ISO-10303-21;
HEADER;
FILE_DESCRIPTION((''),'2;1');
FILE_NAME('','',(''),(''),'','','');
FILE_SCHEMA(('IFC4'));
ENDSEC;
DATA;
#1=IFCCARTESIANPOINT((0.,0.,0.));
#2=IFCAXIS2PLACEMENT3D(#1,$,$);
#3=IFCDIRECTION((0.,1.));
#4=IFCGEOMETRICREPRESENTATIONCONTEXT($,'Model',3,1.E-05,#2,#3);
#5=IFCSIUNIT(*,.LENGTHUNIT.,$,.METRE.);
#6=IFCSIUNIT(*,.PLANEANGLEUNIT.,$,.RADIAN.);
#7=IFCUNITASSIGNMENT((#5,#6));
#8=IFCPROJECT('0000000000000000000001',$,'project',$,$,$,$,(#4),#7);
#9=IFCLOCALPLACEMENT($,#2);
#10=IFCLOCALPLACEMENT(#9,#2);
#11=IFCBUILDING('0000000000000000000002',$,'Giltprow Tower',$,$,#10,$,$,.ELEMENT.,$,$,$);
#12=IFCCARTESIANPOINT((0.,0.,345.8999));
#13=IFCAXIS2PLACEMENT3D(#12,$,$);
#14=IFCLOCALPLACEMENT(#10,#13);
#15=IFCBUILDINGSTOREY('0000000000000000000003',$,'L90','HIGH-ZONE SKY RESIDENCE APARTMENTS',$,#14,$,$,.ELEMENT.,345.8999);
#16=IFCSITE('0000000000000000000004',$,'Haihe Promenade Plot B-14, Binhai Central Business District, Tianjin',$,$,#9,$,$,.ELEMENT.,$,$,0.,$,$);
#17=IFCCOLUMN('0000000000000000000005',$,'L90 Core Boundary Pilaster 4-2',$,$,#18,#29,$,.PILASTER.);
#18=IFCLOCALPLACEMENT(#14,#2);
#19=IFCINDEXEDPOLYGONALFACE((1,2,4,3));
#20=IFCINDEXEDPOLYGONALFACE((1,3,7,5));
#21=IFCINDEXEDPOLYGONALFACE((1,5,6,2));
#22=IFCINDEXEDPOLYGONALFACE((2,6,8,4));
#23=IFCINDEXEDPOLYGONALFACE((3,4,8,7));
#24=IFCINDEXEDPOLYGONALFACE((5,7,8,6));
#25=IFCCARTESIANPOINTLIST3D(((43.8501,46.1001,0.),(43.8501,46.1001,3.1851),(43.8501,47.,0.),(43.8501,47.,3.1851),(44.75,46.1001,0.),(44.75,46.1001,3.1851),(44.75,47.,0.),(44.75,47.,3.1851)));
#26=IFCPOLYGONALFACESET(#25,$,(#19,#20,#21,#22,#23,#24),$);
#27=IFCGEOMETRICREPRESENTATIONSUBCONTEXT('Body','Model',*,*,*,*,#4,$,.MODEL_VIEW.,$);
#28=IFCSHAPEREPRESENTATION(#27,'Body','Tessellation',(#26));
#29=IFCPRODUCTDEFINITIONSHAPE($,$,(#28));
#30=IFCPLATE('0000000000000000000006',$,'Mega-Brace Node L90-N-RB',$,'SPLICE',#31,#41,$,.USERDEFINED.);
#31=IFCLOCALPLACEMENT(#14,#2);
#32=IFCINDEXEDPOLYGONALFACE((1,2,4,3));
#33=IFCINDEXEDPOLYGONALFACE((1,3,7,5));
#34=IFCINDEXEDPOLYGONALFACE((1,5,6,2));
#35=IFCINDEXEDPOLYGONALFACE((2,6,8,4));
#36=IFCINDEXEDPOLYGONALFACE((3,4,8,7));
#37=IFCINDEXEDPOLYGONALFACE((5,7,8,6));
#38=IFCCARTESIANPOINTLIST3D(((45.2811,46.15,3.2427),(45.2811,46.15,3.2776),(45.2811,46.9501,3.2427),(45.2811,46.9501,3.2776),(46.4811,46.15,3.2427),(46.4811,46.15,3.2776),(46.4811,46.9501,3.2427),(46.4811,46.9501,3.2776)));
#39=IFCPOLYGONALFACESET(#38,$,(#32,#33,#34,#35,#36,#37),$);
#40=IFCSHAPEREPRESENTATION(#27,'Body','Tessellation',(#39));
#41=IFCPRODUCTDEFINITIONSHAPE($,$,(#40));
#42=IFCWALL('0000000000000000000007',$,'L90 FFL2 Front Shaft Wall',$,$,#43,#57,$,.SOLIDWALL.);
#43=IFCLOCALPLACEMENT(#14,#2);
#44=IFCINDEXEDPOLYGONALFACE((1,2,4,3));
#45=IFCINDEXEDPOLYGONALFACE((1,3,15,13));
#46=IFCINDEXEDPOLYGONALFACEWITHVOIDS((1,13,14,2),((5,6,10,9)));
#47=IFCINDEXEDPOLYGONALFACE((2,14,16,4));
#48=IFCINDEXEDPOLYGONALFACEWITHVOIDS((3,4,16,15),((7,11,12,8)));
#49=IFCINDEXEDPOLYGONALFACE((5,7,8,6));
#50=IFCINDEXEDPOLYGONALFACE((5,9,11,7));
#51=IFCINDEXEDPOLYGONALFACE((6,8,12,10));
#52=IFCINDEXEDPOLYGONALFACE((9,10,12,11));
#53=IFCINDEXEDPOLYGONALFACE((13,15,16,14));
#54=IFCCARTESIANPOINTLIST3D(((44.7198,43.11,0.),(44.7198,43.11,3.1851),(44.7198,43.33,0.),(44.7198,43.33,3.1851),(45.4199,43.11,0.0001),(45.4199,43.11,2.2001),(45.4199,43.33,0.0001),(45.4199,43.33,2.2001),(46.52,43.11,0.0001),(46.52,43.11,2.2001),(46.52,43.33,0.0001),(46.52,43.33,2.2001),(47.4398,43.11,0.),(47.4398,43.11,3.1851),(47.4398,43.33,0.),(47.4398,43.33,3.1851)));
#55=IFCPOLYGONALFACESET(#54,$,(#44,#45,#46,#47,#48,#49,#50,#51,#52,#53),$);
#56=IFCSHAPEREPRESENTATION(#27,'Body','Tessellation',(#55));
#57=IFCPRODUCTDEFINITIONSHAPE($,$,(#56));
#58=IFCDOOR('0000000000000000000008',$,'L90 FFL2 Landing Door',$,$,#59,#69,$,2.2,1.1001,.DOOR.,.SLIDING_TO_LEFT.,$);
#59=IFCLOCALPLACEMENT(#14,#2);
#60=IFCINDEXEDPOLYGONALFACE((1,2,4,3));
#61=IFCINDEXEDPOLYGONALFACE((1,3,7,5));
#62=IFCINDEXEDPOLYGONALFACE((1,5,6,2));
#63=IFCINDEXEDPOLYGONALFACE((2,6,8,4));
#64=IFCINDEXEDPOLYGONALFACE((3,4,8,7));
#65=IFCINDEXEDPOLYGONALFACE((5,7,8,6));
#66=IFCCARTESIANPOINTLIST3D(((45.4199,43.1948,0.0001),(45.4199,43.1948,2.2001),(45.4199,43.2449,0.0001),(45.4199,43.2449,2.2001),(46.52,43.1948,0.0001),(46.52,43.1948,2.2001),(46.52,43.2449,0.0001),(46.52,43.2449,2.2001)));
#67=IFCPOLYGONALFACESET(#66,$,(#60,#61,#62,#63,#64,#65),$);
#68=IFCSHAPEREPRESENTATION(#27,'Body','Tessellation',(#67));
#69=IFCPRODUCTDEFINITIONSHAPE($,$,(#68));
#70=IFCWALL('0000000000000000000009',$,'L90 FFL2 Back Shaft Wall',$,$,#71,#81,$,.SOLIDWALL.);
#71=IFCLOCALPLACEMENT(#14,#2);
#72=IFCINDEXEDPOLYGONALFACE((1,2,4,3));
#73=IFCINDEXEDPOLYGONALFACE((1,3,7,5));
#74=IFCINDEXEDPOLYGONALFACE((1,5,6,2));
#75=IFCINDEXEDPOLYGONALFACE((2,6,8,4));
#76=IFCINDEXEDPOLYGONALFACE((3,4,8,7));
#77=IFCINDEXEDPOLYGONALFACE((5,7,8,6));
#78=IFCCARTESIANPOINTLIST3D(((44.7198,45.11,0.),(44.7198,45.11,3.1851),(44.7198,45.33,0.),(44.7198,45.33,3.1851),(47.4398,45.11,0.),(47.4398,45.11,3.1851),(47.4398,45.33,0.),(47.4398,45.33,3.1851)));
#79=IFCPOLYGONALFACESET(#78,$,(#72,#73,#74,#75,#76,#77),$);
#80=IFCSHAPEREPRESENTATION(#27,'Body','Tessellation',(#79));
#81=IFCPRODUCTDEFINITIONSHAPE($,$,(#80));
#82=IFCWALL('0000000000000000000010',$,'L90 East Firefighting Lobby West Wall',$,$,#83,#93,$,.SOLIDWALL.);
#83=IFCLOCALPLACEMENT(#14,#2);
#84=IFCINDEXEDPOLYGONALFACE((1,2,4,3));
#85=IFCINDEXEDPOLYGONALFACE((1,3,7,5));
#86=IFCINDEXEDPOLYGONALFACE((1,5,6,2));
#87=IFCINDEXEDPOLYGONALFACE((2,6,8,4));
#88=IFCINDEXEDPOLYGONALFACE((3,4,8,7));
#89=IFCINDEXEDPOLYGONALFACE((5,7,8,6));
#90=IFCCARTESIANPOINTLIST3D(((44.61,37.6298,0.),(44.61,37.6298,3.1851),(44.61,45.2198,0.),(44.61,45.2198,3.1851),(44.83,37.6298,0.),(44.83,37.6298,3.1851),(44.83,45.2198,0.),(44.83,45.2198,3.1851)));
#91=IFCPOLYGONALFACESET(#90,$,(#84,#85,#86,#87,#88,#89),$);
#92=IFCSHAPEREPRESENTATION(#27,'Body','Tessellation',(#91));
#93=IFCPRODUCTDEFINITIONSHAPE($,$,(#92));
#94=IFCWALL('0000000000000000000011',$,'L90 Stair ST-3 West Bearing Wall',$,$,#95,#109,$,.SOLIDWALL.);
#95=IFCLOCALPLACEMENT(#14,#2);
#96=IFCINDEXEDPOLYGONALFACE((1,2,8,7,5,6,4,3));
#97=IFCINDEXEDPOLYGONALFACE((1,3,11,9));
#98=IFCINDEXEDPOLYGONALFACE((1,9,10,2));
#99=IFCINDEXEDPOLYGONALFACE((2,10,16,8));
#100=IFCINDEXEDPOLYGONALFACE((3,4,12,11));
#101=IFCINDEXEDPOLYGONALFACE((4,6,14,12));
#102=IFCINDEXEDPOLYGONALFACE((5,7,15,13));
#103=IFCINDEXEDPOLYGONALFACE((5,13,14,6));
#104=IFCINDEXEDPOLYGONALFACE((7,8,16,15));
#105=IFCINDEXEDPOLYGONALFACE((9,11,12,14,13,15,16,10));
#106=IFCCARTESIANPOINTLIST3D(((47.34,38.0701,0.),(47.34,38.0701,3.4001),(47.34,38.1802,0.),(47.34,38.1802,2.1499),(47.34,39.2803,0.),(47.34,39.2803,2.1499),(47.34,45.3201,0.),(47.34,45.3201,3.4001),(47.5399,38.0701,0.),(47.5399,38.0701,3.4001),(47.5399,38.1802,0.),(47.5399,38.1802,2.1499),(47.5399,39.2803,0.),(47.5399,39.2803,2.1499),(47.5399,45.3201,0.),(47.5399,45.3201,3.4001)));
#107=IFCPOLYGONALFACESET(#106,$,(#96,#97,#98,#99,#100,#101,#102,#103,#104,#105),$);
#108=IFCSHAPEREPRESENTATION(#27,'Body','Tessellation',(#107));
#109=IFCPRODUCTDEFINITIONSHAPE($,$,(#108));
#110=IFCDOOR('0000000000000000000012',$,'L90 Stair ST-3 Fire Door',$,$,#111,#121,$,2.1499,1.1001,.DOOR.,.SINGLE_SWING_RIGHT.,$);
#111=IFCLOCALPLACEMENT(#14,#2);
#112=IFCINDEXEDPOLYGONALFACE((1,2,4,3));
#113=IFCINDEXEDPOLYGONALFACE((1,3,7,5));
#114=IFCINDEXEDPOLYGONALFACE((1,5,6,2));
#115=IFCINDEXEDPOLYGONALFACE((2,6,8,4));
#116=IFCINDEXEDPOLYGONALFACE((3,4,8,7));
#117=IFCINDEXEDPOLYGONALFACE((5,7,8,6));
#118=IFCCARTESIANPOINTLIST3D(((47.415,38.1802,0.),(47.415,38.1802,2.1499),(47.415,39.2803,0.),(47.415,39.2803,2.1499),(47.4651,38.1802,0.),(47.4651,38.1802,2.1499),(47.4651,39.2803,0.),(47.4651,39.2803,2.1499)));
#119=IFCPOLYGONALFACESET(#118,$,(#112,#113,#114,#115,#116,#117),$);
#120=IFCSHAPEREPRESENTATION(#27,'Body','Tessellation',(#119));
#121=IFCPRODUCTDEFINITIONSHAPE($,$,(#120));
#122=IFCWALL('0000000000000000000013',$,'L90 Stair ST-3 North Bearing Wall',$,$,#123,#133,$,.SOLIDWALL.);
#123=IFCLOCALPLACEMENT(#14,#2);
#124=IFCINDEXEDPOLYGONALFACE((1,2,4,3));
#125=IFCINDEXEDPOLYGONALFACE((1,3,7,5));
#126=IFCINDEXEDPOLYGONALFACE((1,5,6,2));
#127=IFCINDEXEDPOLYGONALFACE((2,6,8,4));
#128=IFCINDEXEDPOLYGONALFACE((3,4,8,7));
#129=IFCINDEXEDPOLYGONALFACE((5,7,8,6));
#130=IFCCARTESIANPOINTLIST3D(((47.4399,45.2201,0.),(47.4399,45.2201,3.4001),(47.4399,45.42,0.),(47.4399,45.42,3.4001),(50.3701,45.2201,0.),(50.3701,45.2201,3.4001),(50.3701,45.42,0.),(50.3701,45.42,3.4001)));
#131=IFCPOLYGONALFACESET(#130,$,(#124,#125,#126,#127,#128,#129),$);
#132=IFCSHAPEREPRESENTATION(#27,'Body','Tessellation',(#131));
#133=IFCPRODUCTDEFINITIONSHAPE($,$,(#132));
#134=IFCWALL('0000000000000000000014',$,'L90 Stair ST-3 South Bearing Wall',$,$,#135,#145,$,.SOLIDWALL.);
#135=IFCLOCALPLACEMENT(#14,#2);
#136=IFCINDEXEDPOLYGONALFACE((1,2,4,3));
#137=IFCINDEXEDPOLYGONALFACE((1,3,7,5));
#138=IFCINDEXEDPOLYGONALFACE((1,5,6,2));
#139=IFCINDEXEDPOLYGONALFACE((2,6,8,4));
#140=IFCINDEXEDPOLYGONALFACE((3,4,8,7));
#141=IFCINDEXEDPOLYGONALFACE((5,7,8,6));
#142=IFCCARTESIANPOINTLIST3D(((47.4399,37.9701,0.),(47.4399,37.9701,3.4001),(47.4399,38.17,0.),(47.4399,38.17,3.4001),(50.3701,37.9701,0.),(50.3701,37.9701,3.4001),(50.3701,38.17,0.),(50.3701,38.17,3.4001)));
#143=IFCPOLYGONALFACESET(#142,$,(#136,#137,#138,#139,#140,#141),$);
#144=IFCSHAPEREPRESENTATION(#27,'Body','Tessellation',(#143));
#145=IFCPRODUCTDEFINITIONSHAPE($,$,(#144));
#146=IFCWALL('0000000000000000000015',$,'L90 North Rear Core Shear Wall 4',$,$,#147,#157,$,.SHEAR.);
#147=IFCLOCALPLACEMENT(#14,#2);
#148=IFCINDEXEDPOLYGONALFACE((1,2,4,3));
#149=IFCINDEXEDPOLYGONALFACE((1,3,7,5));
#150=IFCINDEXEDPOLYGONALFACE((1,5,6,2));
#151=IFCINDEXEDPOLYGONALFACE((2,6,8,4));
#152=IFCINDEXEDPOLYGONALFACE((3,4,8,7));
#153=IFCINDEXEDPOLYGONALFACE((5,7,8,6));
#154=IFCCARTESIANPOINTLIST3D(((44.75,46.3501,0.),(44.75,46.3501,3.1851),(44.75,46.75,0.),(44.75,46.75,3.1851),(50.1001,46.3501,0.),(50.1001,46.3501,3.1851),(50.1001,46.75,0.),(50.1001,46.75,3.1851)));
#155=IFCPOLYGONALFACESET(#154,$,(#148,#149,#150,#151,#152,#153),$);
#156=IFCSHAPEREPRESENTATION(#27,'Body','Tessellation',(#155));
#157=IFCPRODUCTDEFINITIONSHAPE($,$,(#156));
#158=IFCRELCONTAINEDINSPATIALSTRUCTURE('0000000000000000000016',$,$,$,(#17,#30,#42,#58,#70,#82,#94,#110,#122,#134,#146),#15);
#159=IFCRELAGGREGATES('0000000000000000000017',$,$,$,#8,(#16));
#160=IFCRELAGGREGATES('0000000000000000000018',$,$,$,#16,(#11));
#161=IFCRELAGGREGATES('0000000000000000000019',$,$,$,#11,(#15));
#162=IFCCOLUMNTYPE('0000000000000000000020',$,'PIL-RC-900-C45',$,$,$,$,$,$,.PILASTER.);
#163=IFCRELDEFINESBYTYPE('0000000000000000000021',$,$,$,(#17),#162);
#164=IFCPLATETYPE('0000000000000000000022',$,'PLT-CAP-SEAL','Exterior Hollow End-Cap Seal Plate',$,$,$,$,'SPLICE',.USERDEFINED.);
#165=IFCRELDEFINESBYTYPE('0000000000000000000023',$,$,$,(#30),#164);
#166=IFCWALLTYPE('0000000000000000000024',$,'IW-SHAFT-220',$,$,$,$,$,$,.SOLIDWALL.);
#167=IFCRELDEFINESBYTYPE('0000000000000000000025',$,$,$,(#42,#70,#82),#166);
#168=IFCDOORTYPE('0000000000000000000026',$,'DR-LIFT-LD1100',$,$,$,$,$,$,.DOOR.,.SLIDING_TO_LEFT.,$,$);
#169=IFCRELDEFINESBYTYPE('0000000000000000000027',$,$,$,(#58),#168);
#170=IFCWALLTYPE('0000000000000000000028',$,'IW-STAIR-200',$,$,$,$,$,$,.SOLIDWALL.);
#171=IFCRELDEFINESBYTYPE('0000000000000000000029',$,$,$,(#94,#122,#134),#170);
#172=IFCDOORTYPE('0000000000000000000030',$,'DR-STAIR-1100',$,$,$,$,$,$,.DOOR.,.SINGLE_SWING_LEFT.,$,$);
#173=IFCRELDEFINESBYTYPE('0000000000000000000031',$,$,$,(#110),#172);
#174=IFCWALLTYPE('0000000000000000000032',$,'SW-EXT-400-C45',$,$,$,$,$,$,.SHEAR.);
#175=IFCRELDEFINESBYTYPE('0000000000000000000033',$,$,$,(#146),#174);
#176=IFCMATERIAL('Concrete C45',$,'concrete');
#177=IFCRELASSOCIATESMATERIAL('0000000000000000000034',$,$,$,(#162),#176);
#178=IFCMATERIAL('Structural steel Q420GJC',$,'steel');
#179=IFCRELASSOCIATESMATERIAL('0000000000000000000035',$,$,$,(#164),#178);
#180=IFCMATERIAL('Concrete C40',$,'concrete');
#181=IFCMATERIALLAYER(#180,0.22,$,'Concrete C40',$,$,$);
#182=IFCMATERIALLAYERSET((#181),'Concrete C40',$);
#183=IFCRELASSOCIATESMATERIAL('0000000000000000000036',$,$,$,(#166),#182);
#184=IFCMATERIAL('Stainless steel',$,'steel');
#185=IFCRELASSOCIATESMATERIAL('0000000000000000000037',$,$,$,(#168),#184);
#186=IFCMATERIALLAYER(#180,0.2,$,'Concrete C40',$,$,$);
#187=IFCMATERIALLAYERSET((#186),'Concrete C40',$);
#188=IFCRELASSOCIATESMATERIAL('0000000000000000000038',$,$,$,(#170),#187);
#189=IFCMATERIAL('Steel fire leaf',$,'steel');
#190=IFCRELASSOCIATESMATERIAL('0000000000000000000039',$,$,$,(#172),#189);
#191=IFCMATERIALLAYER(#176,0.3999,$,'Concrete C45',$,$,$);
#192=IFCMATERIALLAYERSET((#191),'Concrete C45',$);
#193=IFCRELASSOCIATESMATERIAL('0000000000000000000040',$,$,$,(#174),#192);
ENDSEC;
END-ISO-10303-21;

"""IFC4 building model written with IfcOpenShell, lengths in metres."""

from ifc_helpers import new_model, si_unit, direction, frame, frame_2d, origin, origin_2d, place, context, subcontext, project, spatial, rectangle, extrude, source, transform, mapped, material, layer, layer_set, material_profile, profile_set, type_object, element, fill, save


model = new_model("IFC4")

# Units and contexts
model_context = context("Model", 3, precision=1e-05, world=origin(), true_north=direction((0.0, 1.0)))
body_context = subcontext(model_context, "Body", "Model", "MODEL_VIEW")
ifc_project = project(units=[si_unit("LENGTHUNIT", "METRE"), si_unit("PLANEANGLEUNIT", "RADIAN")], contexts=[model_context])

# Site, building, storey
site_placement = place(None, origin())
site = spatial("IfcSite", under=ifc_project, at=site_placement, Name="Haihe Promenade Plot B-14, Binhai Central Business District, Tianjin", CompositionType="ELEMENT", RefElevation=0.0)
building_placement = place(site_placement, origin())
building = spatial("IfcBuilding", under=site, at=building_placement, Name="Giltprow Tower", CompositionType="ELEMENT")
storey_placement = place(building_placement, frame((0.0, 0.0, 345.8999)))
storey = spatial("IfcBuildingStorey", under=building, at=storey_placement, Name="L90", Description="HIGH-ZONE SKY RESIDENCE APARTMENTS", CompositionType="ELEMENT", Elevation=345.8999)

# Column
ifc_material_1 = material(Name="Concrete C45", Category="concrete")
ifc_material_profile = material_profile(ifc_material_1, rectangle(XDim=0.8999, YDim=0.8999, at=origin_2d()), Name="RC 900x900")
ifc_profile_set = profile_set([ifc_material_profile], Name="Concrete C45")
column_type = type_object("IfcColumnType", Name="PIL-RC-900-C45", PredefinedType="PILASTER", material=ifc_profile_set)
shared_shape_1 = source(origin(), body_context, "Body", "SweptSolid", [
    extrude(rectangle(XDim=0.8999, YDim=0.8999, at=origin_2d()), origin(), (0.0, 0.0, 1.0), 3.1851),
])
column_placement = place(storey_placement, frame((44.3, 46.55, 0.0), z_axis=(0.0, 0.0, 1.0), x_axis=(1.0, 0.0, 0.0)))
element("IfcColumn", 1, at=column_placement, inside=storey, type_object=column_type, Name="L90 Core Boundary Pilaster 4-2", PredefinedType="PILASTER", context=body_context, shape_type="MappedRepresentation", body=[
    mapped(shared_shape_1, transform((0.0, 0.0, 0.0), x_axis=(1.0, 0.0, 0.0), y_axis=(0.0, 1.0, 0.0), z_axis=(0.0, 0.0, 1.0), scale=1.0)),
])

# Plate
ifc_material_2 = material(Name="Structural steel Q420GJC", Category="steel")
plate_type = type_object("IfcPlateType", Name="PLT-CAP-SEAL", Description="Exterior Hollow End-Cap Seal Plate", ElementType="SPLICE", PredefinedType="USERDEFINED", material=ifc_material_2)
shared_shape_2 = source(origin(), body_context, "Body", "SweptSolid", [
    extrude(rectangle(XDim=1.2, YDim=0.8, at=origin_2d()), origin(), (0.0, 0.0, 1.0), 0.0349),
])
plate_placement = place(storey_placement, frame((45.8811, 46.55, 3.2427), z_axis=(0.0, 0.0, 1.0), x_axis=(1.0, 0.0, 0.0)))
element("IfcPlate", 2, at=plate_placement, inside=storey, type_object=plate_type, Name="Mega-Brace Node L90-N-RB", ObjectType="SPLICE", PredefinedType="USERDEFINED", context=body_context, shape_type="MappedRepresentation", body=[
    mapped(shared_shape_2, transform((0.0, 0.0, 0.0), x_axis=(1.0, 0.0, 0.0), y_axis=(0.0, 1.0, 0.0), z_axis=(0.0, 0.0, 1.0), scale=1.0)),
])

# Wall, opening, door
ifc_material_3 = material(Name="Concrete C40", Category="concrete")
ifc_layer_1 = layer(ifc_material_3, 0.22, Name="Concrete C40")
ifc_layer_set_1 = layer_set([ifc_layer_1], Name="Concrete C40")
wall_type_1 = type_object("IfcWallType", Name="IW-SHAFT-220", PredefinedType="SOLIDWALL", material=ifc_layer_set_1)
wall_1_placement = place(storey_placement, frame((44.72, 43.22, 0.0), z_axis=(0.0, 0.0, 1.0), x_axis=(1.0, 0.0, 0.0)))
wall_1 = element("IfcWall", 3, at=wall_1_placement, inside=storey, type_object=wall_type_1, Name="L90 FFL2 Front Shaft Wall", PredefinedType="SOLIDWALL", context=body_context, shape_type="SweptSolid", body=[
    extrude(rectangle(XDim=2.72, YDim=0.22, at=frame_2d((1.3599, 0.0))), origin(), (0.0, 0.0, 1.0), 3.1851),
])
opening_1_placement = place(wall_1_placement, frame((0.7, 0.0, 0.0)))
opening_1 = element("IfcOpeningElement", 4, at=opening_1_placement, cuts=wall_1, PredefinedType="OPENING", context=body_context, shape_type="SweptSolid", body=[
    extrude(rectangle(XDim=1.1001, YDim=2.2, at=frame_2d((0.55, 1.1001))), frame((0.0, 0.1199, 0.0), z_axis=(0.0, -1.0, 0.0), x_axis=(1.0, 0.0, 0.0)), (0.0, 0.0, 1.0), 0.24),
])
ifc_material_4 = material(Name="Stainless steel", Category="steel")
door_type_1 = type_object("IfcDoorType", Name="DR-LIFT-LD1100", OperationType="SLIDING_TO_LEFT", PredefinedType="DOOR", material=ifc_material_4)
shared_shape_3 = source(origin(), body_context, "Body", "SweptSolid", [
    extrude(rectangle(XDim=1.1001, YDim=2.2, at=frame_2d((0.55, 1.1001))), frame((0.0, 0.0249, 0.0), z_axis=(0.0, -1.0, 0.0), x_axis=(1.0, 0.0, 0.0)), (0.0, 0.0, 1.0), 0.05),
])
door_1_placement = place(opening_1_placement, origin())
door_1 = element("IfcDoor", 5, at=door_1_placement, inside=storey, type_object=door_type_1, Name="L90 FFL2 Landing Door", OperationType="SLIDING_TO_LEFT", OverallHeight=2.2, OverallWidth=1.1001, PredefinedType="DOOR", context=body_context, shape_type="MappedRepresentation", body=[
    mapped(shared_shape_3, transform((0.0, 0.0, 0.0), x_axis=(1.0, 0.0, 0.0), y_axis=(0.0, 1.0, 0.0), z_axis=(0.0, 0.0, 1.0), scale=1.0)),
])
fill(opening_1, door_1)

# Walls
wall_2_placement = place(storey_placement, frame((44.72, 45.22, 0.0), z_axis=(0.0, 0.0, 1.0), x_axis=(1.0, 0.0, 0.0)))
element("IfcWall", 6, at=wall_2_placement, inside=storey, type_object=wall_type_1, Name="L90 FFL2 Back Shaft Wall", PredefinedType="SOLIDWALL", context=body_context, shape_type="SweptSolid", body=[
    extrude(rectangle(XDim=2.72, YDim=0.22, at=frame_2d((1.3599, 0.0))), origin(), (0.0, 0.0, 1.0), 3.1851),
])
wall_3_placement = place(storey_placement, frame((44.72, 37.6299, 0.0), z_axis=(0.0, 0.0, 1.0), x_axis=(0.0, 1.0, 0.0)))
element("IfcWall", 7, at=wall_3_placement, inside=storey, type_object=wall_type_1, Name="L90 East Firefighting Lobby West Wall", PredefinedType="SOLIDWALL", context=body_context, shape_type="SweptSolid", body=[
    extrude(rectangle(XDim=7.5901, YDim=0.22, at=frame_2d((3.7949, 0.0))), origin(), (0.0, 0.0, 1.0), 3.1851),
])

# Wall, opening, door
ifc_layer_2 = layer(ifc_material_3, 0.2, Name="Concrete C40")
ifc_layer_set_2 = layer_set([ifc_layer_2], Name="Concrete C40")
wall_type_2 = type_object("IfcWallType", Name="IW-STAIR-200", PredefinedType="SOLIDWALL", material=ifc_layer_set_2)
wall_4_placement = place(storey_placement, frame((47.4399, 38.0701, 0.0), z_axis=(0.0, 0.0, 1.0), x_axis=(0.0, 1.0, 0.0)))
wall_4 = element("IfcWall", 8, at=wall_4_placement, inside=storey, type_object=wall_type_2, Name="L90 Stair ST-3 West Bearing Wall", PredefinedType="SOLIDWALL", context=body_context, shape_type="SweptSolid", body=[
    extrude(rectangle(XDim=7.25, YDim=0.2, at=frame_2d((3.625, 0.0))), origin(), (0.0, 0.0, 1.0), 3.4001),
])
opening_2_placement = place(wall_4_placement, frame((0.1101, 0.0, 0.0)))
opening_2 = element("IfcOpeningElement", 9, at=opening_2_placement, cuts=wall_4, PredefinedType="OPENING", context=body_context, shape_type="SweptSolid", body=[
    extrude(rectangle(XDim=1.1001, YDim=2.1499, at=frame_2d((0.55, 1.075))), frame((0.0, 0.1099, 0.0), z_axis=(0.0, -1.0, 0.0), x_axis=(1.0, 0.0, 0.0)), (0.0, 0.0, 1.0), 0.22),
])
ifc_material_5 = material(Name="Steel fire leaf", Category="steel")
door_type_2 = type_object("IfcDoorType", Name="DR-STAIR-1100", OperationType="SINGLE_SWING_LEFT", PredefinedType="DOOR", material=ifc_material_5)
shared_shape_4 = source(origin(), body_context, "Body", "SweptSolid", [
    extrude(rectangle(XDim=1.1001, YDim=2.1499, at=frame_2d((0.55, 1.075))), frame((0.0, 0.0249, 0.0), z_axis=(0.0, -1.0, 0.0), x_axis=(1.0, 0.0, 0.0)), (0.0, 0.0, 1.0), 0.05),
])
door_2_placement = place(opening_2_placement, origin())
door_2 = element("IfcDoor", 10, at=door_2_placement, inside=storey, type_object=door_type_2, Name="L90 Stair ST-3 Fire Door", OperationType="SINGLE_SWING_RIGHT", OverallHeight=2.1499, OverallWidth=1.1001, PredefinedType="DOOR", context=body_context, shape_type="MappedRepresentation", body=[
    mapped(shared_shape_4, transform((0.0, 0.0, 0.0), x_axis=(1.0, 0.0, 0.0), y_axis=(0.0, 1.0, 0.0), z_axis=(0.0, 0.0, 1.0), scale=1.0)),
])
fill(opening_2, door_2)

# Walls
for number, where, z_axis, x_axis, name in (
    (11, (47.4399, 45.3201, 0.0), (0.0, 0.0, 1.0), (1.0, 0.0, 0.0), "L90 Stair ST-3 North Bearing Wall"),
    (12, (47.4399, 38.0701, 0.0), (0.0, 0.0, 1.0), (1.0, 0.0, 0.0), "L90 Stair ST-3 South Bearing Wall"),
):
    element("IfcWall", number, at=place(storey_placement, frame(where, z_axis=z_axis, x_axis=x_axis)), inside=storey, type_object=wall_type_2, Name=name, PredefinedType="SOLIDWALL", context=body_context, shape_type="SweptSolid", body=[
        extrude(rectangle(XDim=2.9302, YDim=0.2, at=frame_2d((1.4651, 0.0))), origin(), (0.0, 0.0, 1.0), 3.4001),
    ])
ifc_layer_3 = layer(ifc_material_1, 0.3999, Name="Concrete C45")
ifc_layer_set_3 = layer_set([ifc_layer_3], Name="Concrete C45")
wall_type_3 = type_object("IfcWallType", Name="SW-EXT-400-C45", PredefinedType="SHEAR", material=ifc_layer_set_3)
wall_5_placement = place(storey_placement, frame((44.75, 46.55, 0.0), z_axis=(0.0, 0.0, 1.0), x_axis=(1.0, 0.0, 0.0)))
element("IfcWall", 13, at=wall_5_placement, inside=storey, type_object=wall_type_3, Name="L90 North Rear Core Shear Wall 4", PredefinedType="SHEAR", context=body_context, shape_type="SweptSolid", body=[
    extrude(rectangle(XDim=5.3501, YDim=0.3999, at=frame_2d((2.675, 0.0))), origin(), (0.0, 0.0, 1.0), 3.1851),
])

save(model, "model.ifc")
